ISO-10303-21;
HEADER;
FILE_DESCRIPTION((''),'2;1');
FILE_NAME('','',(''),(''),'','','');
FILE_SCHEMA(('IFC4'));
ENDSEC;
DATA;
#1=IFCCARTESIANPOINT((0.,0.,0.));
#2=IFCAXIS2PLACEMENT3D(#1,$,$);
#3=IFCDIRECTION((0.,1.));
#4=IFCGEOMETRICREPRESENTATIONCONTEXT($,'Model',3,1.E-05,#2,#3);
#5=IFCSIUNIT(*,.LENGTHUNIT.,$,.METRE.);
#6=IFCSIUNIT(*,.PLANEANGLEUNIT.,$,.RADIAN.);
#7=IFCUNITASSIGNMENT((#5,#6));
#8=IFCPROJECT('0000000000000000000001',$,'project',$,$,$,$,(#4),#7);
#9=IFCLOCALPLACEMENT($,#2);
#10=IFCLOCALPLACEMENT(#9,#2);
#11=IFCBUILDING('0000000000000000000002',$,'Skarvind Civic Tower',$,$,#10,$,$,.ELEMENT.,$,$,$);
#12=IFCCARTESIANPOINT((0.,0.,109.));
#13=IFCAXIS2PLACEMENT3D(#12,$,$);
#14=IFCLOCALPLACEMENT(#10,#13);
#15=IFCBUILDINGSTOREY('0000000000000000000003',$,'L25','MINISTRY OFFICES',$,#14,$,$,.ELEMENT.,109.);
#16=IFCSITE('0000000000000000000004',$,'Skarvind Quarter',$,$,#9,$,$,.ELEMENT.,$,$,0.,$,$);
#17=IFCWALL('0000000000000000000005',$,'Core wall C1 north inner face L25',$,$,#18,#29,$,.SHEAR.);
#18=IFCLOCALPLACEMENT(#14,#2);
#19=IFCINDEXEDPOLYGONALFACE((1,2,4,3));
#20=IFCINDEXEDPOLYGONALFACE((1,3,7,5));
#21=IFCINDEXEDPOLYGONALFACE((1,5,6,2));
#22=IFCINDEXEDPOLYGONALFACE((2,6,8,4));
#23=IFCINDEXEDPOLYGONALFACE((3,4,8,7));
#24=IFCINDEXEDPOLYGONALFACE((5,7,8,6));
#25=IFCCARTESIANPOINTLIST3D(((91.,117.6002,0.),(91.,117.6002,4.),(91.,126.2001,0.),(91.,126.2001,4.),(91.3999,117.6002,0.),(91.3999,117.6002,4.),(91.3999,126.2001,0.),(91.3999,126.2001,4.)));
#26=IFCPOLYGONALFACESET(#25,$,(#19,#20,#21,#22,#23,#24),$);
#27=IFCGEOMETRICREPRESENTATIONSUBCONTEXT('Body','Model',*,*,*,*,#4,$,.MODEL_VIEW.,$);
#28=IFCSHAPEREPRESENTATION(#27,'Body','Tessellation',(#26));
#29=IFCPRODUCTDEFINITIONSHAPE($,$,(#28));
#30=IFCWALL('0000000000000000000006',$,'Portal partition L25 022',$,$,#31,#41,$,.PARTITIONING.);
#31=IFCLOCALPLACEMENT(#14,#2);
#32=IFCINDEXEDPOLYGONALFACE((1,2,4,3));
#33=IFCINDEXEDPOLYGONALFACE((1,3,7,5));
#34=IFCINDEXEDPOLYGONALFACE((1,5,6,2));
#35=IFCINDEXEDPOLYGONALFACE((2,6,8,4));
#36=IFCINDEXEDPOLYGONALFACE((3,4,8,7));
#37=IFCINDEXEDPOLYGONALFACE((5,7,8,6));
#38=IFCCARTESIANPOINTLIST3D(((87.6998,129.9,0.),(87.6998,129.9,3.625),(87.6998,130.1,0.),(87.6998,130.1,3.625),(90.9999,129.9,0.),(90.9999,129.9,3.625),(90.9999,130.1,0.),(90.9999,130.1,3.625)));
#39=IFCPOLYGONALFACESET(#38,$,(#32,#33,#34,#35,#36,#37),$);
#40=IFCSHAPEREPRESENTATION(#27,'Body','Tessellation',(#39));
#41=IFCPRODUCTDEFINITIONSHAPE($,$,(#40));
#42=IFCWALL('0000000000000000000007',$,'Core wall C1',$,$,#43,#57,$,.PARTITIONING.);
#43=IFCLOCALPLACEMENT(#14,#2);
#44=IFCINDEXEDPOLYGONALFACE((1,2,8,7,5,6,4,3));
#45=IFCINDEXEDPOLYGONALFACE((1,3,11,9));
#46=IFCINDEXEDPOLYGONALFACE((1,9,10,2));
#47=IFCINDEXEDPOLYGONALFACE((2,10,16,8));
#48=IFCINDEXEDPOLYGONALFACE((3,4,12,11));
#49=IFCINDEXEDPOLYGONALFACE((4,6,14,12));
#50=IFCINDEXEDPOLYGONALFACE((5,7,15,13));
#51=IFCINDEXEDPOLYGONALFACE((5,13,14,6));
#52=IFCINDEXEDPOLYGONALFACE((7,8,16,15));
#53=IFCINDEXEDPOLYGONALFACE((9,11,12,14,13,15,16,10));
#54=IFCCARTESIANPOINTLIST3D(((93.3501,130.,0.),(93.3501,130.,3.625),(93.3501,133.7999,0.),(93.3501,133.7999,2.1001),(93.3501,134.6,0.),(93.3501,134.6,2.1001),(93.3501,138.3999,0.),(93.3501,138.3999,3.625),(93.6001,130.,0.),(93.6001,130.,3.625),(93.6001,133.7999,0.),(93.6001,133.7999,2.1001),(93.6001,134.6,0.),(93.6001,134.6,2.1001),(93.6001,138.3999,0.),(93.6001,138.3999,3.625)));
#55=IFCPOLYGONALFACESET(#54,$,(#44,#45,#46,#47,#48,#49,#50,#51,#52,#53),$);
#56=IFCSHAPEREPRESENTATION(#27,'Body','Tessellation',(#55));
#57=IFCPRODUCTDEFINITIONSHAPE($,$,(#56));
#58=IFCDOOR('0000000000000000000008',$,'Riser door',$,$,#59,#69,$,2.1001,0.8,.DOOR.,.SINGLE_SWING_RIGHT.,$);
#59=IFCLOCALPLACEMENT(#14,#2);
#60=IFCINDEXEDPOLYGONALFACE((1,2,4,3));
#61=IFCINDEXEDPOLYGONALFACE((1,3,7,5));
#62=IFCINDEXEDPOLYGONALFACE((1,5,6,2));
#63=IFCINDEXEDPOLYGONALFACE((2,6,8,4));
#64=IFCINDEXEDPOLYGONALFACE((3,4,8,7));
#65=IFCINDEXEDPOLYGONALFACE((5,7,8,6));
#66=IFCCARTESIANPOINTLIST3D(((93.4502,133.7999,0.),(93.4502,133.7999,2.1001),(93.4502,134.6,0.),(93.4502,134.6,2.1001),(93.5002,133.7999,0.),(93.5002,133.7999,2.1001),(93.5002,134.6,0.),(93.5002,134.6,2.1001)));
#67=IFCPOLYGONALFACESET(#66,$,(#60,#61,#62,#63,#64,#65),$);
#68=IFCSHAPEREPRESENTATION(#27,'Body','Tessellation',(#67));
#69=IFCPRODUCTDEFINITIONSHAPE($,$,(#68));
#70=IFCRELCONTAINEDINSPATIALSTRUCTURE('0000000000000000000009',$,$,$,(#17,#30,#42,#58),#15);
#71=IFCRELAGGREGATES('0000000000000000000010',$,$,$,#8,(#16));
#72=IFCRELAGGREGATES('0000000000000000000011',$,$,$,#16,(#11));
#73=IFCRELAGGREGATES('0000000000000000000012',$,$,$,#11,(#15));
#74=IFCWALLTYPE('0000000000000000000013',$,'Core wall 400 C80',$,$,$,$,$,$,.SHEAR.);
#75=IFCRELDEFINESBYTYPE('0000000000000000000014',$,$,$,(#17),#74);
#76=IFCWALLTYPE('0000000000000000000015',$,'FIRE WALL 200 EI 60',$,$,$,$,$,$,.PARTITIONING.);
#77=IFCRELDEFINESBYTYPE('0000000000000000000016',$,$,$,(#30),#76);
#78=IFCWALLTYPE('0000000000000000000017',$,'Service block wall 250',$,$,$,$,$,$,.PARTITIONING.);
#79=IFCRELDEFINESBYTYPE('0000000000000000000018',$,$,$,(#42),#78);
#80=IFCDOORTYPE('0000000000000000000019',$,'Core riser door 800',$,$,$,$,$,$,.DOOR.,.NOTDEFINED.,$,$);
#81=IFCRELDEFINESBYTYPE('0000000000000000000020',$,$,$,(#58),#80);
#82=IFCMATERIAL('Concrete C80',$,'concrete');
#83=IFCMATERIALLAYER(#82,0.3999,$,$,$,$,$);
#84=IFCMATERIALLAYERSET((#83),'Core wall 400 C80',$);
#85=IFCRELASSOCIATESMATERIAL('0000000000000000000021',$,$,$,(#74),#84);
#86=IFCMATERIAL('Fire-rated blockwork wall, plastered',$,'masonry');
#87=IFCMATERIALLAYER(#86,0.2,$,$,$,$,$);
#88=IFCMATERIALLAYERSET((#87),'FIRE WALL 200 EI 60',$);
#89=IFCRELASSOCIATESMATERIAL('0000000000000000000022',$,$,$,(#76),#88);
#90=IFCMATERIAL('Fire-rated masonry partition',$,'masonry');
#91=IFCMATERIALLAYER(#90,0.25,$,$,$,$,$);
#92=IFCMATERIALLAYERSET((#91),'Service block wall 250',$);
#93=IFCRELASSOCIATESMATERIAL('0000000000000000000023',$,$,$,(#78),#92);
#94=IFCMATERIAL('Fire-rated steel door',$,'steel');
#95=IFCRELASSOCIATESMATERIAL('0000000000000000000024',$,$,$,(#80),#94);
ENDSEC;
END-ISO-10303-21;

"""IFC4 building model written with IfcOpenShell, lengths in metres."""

from ifc_helpers import new_model, si_unit, direction, frame, frame_2d, origin, place, context, subcontext, project, spatial, rectangle, extrude, material, layer, layer_set, type_object, element, fill, save


model = new_model("IFC4")

# Units and contexts
model_context = context("Model", 3, precision=1e-05, world=origin(), true_north=direction((0.0, 1.0)))
body_context = subcontext(model_context, "Body", "Model", "MODEL_VIEW")
ifc_project = project(units=[si_unit("LENGTHUNIT", "METRE"), si_unit("PLANEANGLEUNIT", "RADIAN")], contexts=[model_context])

# Site, building, storey
site_placement = place(None, origin())
site = spatial("IfcSite", under=ifc_project, at=site_placement, Name="Skarvind Quarter", CompositionType="ELEMENT", RefElevation=0.0)
building_placement = place(site_placement, origin())
building = spatial("IfcBuilding", under=site, at=building_placement, Name="Skarvind Civic Tower", CompositionType="ELEMENT")
storey_placement = place(building_placement, frame((0.0, 0.0, 109.0)))
storey = spatial("IfcBuildingStorey", under=building, at=storey_placement, Name="L25", Description="MINISTRY OFFICES", CompositionType="ELEMENT", Elevation=109.0)

# Shared definitions
ifc_material_1 = material(Name="Concrete C80", Category="concrete")

# Shared definitions
ifc_material_2 = material(Name="Fire-rated masonry partition", Category="masonry")
ifc_material_3 = material(Name="Fire-rated steel door", Category="steel")

# Walls
ifc_layer_1 = layer(ifc_material_1, 0.3999)
ifc_layer_set_1 = layer_set([ifc_layer_1], Name="Core wall 400 C80")
wall_type_1 = type_object("IfcWallType", Name="Core wall 400 C80", PredefinedType="SHEAR", material=ifc_layer_set_1)
for number, where, z_axis, x_axis, name in (
    (1, (91.2, 126.2, 0.0), (0.0, 0.0, 1.0), (0.0, -1.0, 0.0), "Core wall C1 north inner face L25"),
):
    element("IfcWall", number, at=place(storey_placement, frame(where, z_axis=z_axis, x_axis=x_axis)), inside=storey, type_object=wall_type_1, Name=name, PredefinedType="SHEAR", context=body_context, shape_type="SweptSolid", body=[
        extrude(rectangle(XDim=8.5999, YDim=0.3999, at=frame_2d((4.2998, 0.0))), origin(), (0.0, 0.0, 1.0), 4.0),
    ])
ifc_material_4 = material(Name="Fire-rated blockwork wall, plastered", Category="masonry")
ifc_layer_2 = layer(ifc_material_4, 0.2)
ifc_layer_set_2 = layer_set([ifc_layer_2], Name="FIRE WALL 200 EI 60")
wall_type_2 = type_object("IfcWallType", Name="FIRE WALL 200 EI 60", PredefinedType="PARTITIONING", material=ifc_layer_set_2)
wall_1_placement = place(storey_placement, frame((87.7, 130.0, 0.0), z_axis=(0.0, 0.0, 1.0), x_axis=(1.0, 0.0, 0.0)))
element("IfcWall", 2, at=wall_1_placement, inside=storey, type_object=wall_type_2, Name="Portal partition L25 022", PredefinedType="PARTITIONING", context=body_context, shape_type="SweptSolid", body=[
    extrude(rectangle(XDim=3.3, YDim=0.2, at=frame_2d((1.6499, 0.0))), origin(), (0.0, 0.0, 1.0), 3.625),
])

# Wall, opening, door
ifc_layer_3 = layer(ifc_material_2, 0.25)
ifc_layer_set_3 = layer_set([ifc_layer_3], Name="Service block wall 250")
wall_type_3 = type_object("IfcWallType", Name="Service block wall 250", PredefinedType="PARTITIONING", material=ifc_layer_set_3)
wall_2_placement = place(storey_placement, frame((93.4751, 130.0, 0.0), z_axis=(0.0, 0.0, 1.0), x_axis=(0.0, 1.0, 0.0)))
wall_2 = element("IfcWall", 3, at=wall_2_placement, inside=storey, type_object=wall_type_3, Name="Core wall C1", PredefinedType="PARTITIONING", context=body_context, shape_type="SweptSolid", body=[
    extrude(rectangle(XDim=8.3999, YDim=0.25, at=frame_2d((4.2, 0.0))), origin(), (0.0, 0.0, 1.0), 3.625),
])
opening_1_placement = place(wall_2_placement, frame((3.8, 0.0, 0.0)))
opening_1 = element("IfcOpeningElement", 4, at=opening_1_placement, cuts=wall_2, PredefinedType="OPENING", context=body_context, shape_type="SweptSolid", body=[
    extrude(rectangle(XDim=0.8, YDim=2.1001, at=frame_2d((0.3999, 1.05))), frame((0.0, 0.135, 0.0), z_axis=(0.0, -1.0, 0.0), x_axis=(1.0, 0.0, 0.0)), (0.0, 0.0, 1.0), 0.27),
])
door_type_1 = type_object("IfcDoorType", Name="Core riser door 800", OperationType="NOTDEFINED", PredefinedType="DOOR", material=ifc_material_3)
door_1_placement = place(opening_1_placement, origin())
door_1 = element("IfcDoor", 5, at=door_1_placement, inside=storey, type_object=door_type_1, Name="Riser door", OperationType="SINGLE_SWING_RIGHT", OverallHeight=2.1001, OverallWidth=0.8, PredefinedType="DOOR", context=body_context, shape_type="SweptSolid", body=[
    extrude(rectangle(XDim=0.8, YDim=2.1001, at=frame_2d((0.3999, 1.05))), frame((0.0, 0.0249, 0.0), z_axis=(0.0, -1.0, 0.0), x_axis=(1.0, 0.0, 0.0)), (0.0, 0.0, 1.0), 0.05),
])
fill(opening_1, door_1)

save(model, "model.ifc")
